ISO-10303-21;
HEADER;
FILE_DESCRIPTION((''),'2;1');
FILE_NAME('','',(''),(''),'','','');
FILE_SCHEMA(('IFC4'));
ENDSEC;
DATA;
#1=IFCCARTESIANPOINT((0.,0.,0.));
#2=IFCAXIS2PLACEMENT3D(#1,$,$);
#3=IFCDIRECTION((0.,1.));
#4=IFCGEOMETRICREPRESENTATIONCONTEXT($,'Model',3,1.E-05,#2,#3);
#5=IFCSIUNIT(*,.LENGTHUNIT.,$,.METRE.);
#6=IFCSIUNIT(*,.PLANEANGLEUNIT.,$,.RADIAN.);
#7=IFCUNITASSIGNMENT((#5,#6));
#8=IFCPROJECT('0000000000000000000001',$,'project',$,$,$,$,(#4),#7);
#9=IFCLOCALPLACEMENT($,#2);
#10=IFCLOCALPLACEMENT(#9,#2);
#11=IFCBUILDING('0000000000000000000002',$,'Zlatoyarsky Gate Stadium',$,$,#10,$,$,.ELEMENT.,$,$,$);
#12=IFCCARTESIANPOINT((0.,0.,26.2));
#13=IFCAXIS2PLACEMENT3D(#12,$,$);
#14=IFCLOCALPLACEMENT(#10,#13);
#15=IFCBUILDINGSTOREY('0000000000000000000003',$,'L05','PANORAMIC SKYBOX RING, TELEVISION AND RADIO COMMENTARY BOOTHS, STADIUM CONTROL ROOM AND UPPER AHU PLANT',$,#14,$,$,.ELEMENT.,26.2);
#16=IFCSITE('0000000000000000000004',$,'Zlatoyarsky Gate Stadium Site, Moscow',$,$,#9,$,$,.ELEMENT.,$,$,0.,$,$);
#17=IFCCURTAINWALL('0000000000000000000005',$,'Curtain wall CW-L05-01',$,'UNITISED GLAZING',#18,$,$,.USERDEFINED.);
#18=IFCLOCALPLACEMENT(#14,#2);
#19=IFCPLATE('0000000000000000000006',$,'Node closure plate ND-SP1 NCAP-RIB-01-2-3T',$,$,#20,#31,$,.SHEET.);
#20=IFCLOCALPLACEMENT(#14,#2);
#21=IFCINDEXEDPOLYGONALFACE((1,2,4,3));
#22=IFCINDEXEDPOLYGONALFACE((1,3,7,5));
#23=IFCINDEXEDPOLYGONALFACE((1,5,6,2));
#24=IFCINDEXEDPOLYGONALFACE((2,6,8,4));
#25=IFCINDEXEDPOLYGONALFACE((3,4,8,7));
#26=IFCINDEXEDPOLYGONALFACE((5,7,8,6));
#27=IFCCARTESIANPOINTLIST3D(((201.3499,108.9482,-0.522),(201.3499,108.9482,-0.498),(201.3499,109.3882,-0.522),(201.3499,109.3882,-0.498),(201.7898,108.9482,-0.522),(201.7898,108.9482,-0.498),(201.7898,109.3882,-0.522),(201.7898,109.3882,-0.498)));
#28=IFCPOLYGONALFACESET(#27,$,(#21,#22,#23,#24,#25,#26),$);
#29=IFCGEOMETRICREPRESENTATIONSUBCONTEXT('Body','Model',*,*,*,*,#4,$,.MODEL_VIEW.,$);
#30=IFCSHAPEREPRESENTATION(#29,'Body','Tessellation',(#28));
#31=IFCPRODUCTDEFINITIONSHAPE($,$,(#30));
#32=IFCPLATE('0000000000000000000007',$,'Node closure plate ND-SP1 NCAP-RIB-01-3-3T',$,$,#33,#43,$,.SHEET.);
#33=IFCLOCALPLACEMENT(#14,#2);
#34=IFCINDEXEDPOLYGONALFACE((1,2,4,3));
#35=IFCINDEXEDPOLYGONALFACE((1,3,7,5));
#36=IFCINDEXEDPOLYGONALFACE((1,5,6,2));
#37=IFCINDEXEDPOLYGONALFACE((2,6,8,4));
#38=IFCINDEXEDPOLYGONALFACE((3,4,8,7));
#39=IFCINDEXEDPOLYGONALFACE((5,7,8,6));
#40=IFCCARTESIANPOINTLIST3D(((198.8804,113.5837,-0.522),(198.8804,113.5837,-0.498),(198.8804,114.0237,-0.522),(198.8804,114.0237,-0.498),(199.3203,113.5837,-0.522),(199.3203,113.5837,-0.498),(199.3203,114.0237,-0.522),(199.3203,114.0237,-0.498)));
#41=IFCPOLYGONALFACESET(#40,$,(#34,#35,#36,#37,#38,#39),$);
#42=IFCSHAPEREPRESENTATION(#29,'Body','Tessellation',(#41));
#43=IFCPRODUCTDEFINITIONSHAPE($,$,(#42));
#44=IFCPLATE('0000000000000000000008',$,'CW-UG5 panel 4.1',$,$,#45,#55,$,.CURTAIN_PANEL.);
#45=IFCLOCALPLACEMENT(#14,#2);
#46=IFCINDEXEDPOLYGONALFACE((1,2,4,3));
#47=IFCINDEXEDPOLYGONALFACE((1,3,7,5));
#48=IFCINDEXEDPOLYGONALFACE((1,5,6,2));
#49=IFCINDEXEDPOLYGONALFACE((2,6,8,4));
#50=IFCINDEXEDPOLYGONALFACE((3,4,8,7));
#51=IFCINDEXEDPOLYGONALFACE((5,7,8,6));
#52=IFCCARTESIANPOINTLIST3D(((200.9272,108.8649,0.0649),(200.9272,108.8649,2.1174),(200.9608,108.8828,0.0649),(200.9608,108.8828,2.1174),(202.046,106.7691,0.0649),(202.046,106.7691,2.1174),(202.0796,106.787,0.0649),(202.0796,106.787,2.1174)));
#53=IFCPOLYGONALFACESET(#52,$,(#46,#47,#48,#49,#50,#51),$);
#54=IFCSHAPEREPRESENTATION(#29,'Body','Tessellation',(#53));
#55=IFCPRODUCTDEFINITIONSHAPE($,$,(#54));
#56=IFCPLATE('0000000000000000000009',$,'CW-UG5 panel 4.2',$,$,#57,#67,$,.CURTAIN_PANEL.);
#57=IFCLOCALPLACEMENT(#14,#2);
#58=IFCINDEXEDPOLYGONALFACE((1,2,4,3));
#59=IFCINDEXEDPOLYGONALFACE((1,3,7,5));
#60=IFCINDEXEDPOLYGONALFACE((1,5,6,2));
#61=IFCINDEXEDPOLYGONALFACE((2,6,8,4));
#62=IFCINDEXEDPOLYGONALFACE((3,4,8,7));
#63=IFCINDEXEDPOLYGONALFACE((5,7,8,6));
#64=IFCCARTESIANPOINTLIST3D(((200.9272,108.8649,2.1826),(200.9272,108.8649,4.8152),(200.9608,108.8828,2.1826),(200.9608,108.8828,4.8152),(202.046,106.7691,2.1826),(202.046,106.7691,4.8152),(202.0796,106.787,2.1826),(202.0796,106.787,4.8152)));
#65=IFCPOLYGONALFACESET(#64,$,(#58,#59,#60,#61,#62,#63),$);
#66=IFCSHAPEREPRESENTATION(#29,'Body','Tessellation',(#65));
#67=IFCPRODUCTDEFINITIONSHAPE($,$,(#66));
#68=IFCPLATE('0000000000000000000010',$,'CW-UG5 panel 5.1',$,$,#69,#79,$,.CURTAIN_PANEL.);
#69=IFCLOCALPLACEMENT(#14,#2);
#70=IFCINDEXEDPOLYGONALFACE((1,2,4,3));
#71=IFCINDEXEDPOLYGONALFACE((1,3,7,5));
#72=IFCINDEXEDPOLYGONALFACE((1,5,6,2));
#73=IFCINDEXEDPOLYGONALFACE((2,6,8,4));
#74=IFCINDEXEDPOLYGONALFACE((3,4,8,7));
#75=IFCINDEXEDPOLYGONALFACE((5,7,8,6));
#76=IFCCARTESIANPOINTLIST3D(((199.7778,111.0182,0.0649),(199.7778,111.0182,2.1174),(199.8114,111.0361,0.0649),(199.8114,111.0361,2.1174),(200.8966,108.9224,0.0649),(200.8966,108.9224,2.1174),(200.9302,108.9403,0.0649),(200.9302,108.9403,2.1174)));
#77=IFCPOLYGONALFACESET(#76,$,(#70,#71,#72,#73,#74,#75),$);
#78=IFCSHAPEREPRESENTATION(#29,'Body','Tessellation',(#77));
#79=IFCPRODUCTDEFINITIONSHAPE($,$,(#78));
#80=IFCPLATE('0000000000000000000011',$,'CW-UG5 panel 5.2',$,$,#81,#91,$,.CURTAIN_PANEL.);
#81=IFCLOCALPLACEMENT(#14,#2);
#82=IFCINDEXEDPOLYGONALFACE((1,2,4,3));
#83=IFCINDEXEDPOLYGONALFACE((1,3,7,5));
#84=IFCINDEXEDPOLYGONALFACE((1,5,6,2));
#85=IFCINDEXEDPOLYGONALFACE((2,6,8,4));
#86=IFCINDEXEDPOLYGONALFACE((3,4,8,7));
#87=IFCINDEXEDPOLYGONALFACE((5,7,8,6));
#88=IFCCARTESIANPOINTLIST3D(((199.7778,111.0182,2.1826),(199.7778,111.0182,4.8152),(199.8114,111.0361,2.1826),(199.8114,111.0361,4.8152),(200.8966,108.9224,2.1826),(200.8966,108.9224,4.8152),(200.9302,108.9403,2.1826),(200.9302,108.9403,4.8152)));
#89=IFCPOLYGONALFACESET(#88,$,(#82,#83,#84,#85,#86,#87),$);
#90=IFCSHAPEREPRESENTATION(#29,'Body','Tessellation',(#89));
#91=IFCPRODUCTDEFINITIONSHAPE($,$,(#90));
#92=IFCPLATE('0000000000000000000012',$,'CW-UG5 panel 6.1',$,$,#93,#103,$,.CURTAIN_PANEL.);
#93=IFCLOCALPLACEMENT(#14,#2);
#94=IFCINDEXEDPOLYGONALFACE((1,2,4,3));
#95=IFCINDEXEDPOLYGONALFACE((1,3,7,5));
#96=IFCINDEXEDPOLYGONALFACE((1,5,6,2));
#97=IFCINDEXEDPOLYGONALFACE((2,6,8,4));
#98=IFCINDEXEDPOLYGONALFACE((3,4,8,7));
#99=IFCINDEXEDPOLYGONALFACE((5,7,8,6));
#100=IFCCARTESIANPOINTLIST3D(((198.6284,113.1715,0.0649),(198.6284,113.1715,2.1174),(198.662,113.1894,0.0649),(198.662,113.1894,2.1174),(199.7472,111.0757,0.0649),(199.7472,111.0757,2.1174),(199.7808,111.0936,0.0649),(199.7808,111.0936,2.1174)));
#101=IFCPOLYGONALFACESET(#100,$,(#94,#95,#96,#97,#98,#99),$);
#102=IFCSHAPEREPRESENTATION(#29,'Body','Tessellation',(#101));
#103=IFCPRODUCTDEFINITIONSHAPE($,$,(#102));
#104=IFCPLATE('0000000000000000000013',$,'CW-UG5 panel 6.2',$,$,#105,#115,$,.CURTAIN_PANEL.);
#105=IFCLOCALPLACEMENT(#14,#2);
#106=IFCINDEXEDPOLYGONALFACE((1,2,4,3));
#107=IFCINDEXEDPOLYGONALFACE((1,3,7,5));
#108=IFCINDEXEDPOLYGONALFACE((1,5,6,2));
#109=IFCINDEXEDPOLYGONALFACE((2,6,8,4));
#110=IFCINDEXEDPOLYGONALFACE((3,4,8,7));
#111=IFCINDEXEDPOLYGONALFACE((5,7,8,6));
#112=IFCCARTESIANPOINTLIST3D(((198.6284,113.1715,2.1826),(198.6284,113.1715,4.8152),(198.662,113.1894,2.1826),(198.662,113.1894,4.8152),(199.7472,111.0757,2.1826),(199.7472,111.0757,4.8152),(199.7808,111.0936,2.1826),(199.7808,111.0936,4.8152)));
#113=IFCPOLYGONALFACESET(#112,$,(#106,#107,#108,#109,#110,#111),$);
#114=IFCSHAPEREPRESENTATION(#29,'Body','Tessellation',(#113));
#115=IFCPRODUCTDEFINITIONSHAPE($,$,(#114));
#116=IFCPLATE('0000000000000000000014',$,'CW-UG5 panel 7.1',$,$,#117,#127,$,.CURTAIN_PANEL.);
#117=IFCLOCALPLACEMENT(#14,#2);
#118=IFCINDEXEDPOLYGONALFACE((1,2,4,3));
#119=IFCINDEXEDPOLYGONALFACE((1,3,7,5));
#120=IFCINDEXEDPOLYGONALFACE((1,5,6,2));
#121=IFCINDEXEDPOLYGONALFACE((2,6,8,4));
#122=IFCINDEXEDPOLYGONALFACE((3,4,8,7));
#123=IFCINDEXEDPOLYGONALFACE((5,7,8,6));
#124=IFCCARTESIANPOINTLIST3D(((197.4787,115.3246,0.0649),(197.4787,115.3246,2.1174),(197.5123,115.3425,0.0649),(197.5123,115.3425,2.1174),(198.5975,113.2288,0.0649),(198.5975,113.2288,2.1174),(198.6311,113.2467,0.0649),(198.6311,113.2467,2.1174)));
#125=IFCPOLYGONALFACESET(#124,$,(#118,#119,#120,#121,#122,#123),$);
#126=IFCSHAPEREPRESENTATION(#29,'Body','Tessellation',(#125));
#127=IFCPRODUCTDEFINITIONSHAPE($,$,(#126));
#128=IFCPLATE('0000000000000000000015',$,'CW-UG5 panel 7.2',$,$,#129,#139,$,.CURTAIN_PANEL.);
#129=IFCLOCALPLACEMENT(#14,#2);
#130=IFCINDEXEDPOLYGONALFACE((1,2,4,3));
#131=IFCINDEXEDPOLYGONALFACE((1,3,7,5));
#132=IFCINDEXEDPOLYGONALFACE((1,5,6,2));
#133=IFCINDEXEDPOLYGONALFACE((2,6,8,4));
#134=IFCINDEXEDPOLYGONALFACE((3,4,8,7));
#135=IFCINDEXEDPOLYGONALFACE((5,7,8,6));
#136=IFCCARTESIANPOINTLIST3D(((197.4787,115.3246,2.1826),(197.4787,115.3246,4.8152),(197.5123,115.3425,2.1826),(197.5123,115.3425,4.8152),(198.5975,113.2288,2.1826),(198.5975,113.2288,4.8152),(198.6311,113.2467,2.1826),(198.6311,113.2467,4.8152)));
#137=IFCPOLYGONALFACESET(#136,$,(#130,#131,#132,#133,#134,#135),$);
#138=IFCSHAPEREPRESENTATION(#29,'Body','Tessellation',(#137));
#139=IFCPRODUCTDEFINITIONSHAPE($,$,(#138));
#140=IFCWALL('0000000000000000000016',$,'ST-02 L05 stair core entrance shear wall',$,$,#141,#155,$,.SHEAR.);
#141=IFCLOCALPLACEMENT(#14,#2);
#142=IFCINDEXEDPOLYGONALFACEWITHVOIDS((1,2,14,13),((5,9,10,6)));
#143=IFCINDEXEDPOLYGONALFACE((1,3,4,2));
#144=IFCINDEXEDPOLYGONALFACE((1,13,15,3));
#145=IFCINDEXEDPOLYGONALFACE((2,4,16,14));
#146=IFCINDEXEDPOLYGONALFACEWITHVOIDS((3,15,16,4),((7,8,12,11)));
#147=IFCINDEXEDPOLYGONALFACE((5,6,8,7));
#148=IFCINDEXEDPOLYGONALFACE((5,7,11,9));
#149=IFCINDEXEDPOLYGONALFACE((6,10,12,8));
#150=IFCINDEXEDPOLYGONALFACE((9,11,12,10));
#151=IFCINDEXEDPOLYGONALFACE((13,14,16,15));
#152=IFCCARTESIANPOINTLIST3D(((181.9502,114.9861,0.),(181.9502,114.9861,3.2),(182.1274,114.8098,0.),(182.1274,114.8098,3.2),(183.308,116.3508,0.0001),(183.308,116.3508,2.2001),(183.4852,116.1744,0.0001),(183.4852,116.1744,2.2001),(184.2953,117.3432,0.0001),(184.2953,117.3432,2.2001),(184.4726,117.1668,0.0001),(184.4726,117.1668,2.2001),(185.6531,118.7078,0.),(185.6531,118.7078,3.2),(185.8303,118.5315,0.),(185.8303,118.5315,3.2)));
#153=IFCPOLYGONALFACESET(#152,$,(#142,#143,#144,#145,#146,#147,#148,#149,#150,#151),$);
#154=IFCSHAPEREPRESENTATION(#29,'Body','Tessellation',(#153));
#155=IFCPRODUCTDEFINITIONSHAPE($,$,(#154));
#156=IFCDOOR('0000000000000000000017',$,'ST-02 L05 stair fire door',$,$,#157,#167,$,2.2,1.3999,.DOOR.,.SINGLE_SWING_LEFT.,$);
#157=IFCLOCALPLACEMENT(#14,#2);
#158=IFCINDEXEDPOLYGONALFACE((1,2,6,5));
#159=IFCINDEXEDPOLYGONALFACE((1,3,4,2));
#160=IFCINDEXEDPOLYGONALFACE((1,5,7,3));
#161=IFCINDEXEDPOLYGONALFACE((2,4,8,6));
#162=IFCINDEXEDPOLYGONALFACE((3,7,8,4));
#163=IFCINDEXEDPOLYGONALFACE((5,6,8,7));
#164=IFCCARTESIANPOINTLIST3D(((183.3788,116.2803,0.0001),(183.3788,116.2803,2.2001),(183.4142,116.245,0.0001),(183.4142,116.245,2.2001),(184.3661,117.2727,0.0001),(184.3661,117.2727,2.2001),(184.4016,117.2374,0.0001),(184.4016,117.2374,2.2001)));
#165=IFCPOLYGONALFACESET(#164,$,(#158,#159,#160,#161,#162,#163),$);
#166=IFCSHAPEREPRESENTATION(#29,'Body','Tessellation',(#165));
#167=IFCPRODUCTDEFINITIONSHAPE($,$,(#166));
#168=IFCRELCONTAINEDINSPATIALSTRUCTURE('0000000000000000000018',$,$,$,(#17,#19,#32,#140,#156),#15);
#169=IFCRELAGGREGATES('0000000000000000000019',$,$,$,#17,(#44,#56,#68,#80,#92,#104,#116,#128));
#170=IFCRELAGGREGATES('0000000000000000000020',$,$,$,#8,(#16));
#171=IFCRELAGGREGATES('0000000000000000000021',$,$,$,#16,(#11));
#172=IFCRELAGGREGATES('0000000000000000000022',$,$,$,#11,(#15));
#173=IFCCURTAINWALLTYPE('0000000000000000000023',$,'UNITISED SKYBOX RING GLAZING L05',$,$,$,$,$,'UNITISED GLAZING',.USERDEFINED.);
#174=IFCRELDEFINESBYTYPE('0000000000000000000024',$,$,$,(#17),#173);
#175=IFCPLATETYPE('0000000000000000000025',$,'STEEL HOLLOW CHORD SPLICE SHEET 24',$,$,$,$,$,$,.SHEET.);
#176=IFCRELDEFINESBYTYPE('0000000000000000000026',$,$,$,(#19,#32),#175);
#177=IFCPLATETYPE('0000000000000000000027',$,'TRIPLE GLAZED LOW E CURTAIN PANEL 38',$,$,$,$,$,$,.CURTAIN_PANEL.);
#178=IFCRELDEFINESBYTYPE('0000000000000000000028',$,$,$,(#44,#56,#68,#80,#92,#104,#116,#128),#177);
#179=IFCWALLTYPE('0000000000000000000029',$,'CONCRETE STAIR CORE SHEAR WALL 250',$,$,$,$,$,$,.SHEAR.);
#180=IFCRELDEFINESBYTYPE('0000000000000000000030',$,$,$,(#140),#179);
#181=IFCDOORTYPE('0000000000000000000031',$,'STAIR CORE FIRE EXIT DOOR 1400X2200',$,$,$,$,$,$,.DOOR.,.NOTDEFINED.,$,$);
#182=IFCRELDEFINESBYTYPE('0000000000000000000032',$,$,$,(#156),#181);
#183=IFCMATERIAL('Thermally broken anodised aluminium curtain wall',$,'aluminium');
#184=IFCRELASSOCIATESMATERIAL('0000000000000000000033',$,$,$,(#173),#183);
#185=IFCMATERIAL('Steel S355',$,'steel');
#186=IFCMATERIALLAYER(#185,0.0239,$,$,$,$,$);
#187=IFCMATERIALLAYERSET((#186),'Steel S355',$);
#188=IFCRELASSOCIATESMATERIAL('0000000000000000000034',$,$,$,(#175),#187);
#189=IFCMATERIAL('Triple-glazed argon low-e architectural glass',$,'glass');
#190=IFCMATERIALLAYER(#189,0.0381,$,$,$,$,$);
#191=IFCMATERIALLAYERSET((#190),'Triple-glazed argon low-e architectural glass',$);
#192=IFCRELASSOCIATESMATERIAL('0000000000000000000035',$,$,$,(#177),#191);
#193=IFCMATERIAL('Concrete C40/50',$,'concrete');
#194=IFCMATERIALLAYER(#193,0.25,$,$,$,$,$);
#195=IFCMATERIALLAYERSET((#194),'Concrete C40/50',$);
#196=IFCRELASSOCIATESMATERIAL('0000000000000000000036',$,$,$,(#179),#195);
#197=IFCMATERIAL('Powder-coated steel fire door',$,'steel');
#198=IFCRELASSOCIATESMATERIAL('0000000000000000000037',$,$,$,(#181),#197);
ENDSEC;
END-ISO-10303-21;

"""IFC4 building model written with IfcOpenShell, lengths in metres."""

from ifc_helpers import new_model, si_unit, direction, frame, frame_2d, origin, origin_2d, place, context, subcontext, project, spatial, rectangle, extrude, material, layer, layer_set, type_object, element, fill, aggregate, save


model = new_model("IFC4")

# Units and contexts
model_context = context("Model", 3, precision=1e-05, world=origin(), true_north=direction((0.0, 1.0)))
body_context = subcontext(model_context, "Body", "Model", "MODEL_VIEW")
ifc_project = project(units=[si_unit("LENGTHUNIT", "METRE"), si_unit("PLANEANGLEUNIT", "RADIAN")], contexts=[model_context])

# Site, building, storey
site_placement = place(None, origin())
site = spatial("IfcSite", under=ifc_project, at=site_placement, Name="Zlatoyarsky Gate Stadium Site, Moscow", CompositionType="ELEMENT", RefElevation=0.0)
building_placement = place(site_placement, origin())
building = spatial("IfcBuilding", under=site, at=building_placement, Name="Zlatoyarsky Gate Stadium", CompositionType="ELEMENT")
storey_placement = place(building_placement, frame((0.0, 0.0, 26.2)))
storey = spatial("IfcBuildingStorey", under=building, at=storey_placement, Name="L05", Description="PANORAMIC SKYBOX RING, TELEVISION AND RADIO COMMENTARY BOOTHS, STADIUM CONTROL ROOM AND UPPER AHU PLANT", CompositionType="ELEMENT", Elevation=26.2)

# Shared definitions
ifc_material_1 = material(Name="Steel S355", Category="steel")

# Curtain wall
ifc_material_2 = material(Name="Thermally broken anodised aluminium curtain wall", Category="aluminium")
curtain_wall_type = type_object("IfcCurtainWallType", Name="UNITISED SKYBOX RING GLAZING L05", ElementType="UNITISED GLAZING", PredefinedType="USERDEFINED", material=ifc_material_2)
curtain_wall_placement = place(storey_placement, origin())
curtain_wall = element("IfcCurtainWall", 1, at=curtain_wall_placement, inside=storey, type_object=curtain_wall_type, Name="Curtain wall CW-L05-01", ObjectType="UNITISED GLAZING", PredefinedType="USERDEFINED")

# Plates
ifc_layer_1 = layer(ifc_material_1, 0.0239)
ifc_layer_set_1 = layer_set([ifc_layer_1], Name="Steel S355")
plate_type_1 = type_object("IfcPlateType", Name="STEEL HOLLOW CHORD SPLICE SHEET 24", PredefinedType="SHEET", material=ifc_layer_set_1)
for number, where, z_axis, x_axis, name in (
    (2, (201.5698, 109.1682, -0.522), (0.0, 0.0, 1.0), (1.0, 0.0, 0.0), "Node closure plate ND-SP1 NCAP-RIB-01-2-3T"),
    (3, (199.1003, 113.8037, -0.522), (0.0, 0.0, 1.0), (1.0, 0.0, 0.0), "Node closure plate ND-SP1 NCAP-RIB-01-3-3T"),
):
    element("IfcPlate", number, at=place(storey_placement, frame(where, z_axis=z_axis, x_axis=x_axis)), inside=storey, type_object=plate_type_1, Name=name, PredefinedType="SHEET", context=body_context, shape_type="SweptSolid", body=[
        extrude(rectangle(XDim=0.4399, YDim=0.4399, at=origin_2d()), origin(), (0.0, 0.0, 1.0), 0.0239),
    ])

# Plates
ifc_material_3 = material(Name="Triple-glazed argon low-e architectural glass", Category="glass")
ifc_layer_2 = layer(ifc_material_3, 0.0381)
ifc_layer_set_2 = layer_set([ifc_layer_2], Name="Triple-glazed argon low-e architectural glass")
plate_type_2 = type_object("IfcPlateType", Name="TRIPLE GLAZED LOW E CURTAIN PANEL 38", PredefinedType="CURTAIN_PANEL", material=ifc_layer_set_2)
plate_1_placement = place(storey_placement, frame((201.5034, 107.8259, 0.0649), z_axis=(0.0, 0.0, 1.0), x_axis=(-0.470937, 0.882167, 0.0)))
plate_1 = element("IfcPlate", 4, at=plate_1_placement, type_object=plate_type_2, Name="CW-UG5 panel 4.1", PredefinedType="CURTAIN_PANEL", context=body_context, shape_type="SweptSolid", body=[
    extrude(rectangle(XDim=2.3757, YDim=0.0381, at=origin_2d()), origin(), (0.0, 0.0, 1.0), 2.0525),
])
plate_2_placement = place(storey_placement, frame((201.5034, 107.8259, 2.1826), z_axis=(0.0, 0.0, 1.0), x_axis=(-0.470937, 0.882167, 0.0)))
plate_2 = element("IfcPlate", 5, at=plate_2_placement, type_object=plate_type_2, Name="CW-UG5 panel 4.2", PredefinedType="CURTAIN_PANEL", context=body_context, shape_type="SweptSolid", body=[
    extrude(rectangle(XDim=2.3757, YDim=0.0381, at=origin_2d()), origin(), (0.0, 0.0, 1.0), 2.6326),
])
plate_3_placement = place(storey_placement, frame((200.354, 109.9792, 0.0649), z_axis=(0.0, 0.0, 1.0), x_axis=(-0.470937, 0.882167, 0.0)))
plate_3 = element("IfcPlate", 6, at=plate_3_placement, type_object=plate_type_2, Name="CW-UG5 panel 5.1", PredefinedType="CURTAIN_PANEL", context=body_context, shape_type="SweptSolid", body=[
    extrude(rectangle(XDim=2.3757, YDim=0.0381, at=origin_2d()), origin(), (0.0, 0.0, 1.0), 2.0525),
])
plate_4_placement = place(storey_placement, frame((200.354, 109.9792, 2.1826), z_axis=(0.0, 0.0, 1.0), x_axis=(-0.470937, 0.882167, 0.0)))
plate_4 = element("IfcPlate", 7, at=plate_4_placement, type_object=plate_type_2, Name="CW-UG5 panel 5.2", PredefinedType="CURTAIN_PANEL", context=body_context, shape_type="SweptSolid", body=[
    extrude(rectangle(XDim=2.3757, YDim=0.0381, at=origin_2d()), origin(), (0.0, 0.0, 1.0), 2.6326),
])
plate_5_placement = place(storey_placement, frame((199.2046, 112.1326, 0.0649), z_axis=(0.0, 0.0, 1.0), x_axis=(-0.470937, 0.882167, 0.0)))
plate_5 = element("IfcPlate", 8, at=plate_5_placement, type_object=plate_type_2, Name="CW-UG5 panel 6.1", PredefinedType="CURTAIN_PANEL", context=body_context, shape_type="SweptSolid", body=[
    extrude(rectangle(XDim=2.3757, YDim=0.0381, at=origin_2d()), origin(), (0.0, 0.0, 1.0), 2.0525),
])
plate_6_placement = place(storey_placement, frame((199.2046, 112.1326, 2.1826), z_axis=(0.0, 0.0, 1.0), x_axis=(-0.470937, 0.882167, 0.0)))
plate_6 = element("IfcPlate", 9, at=plate_6_placement, type_object=plate_type_2, Name="CW-UG5 panel 6.2", PredefinedType="CURTAIN_PANEL", context=body_context, shape_type="SweptSolid", body=[
    extrude(rectangle(XDim=2.3757, YDim=0.0381, at=origin_2d()), origin(), (0.0, 0.0, 1.0), 2.6326),
])
plate_7_placement = place(storey_placement, frame((198.0549, 114.2856, 0.0649), z_axis=(0.0, 0.0, 1.0), x_axis=(-0.470937, 0.882167, 0.0)))
plate_7 = element("IfcPlate", 10, at=plate_7_placement, type_object=plate_type_2, Name="CW-UG5 panel 7.1", PredefinedType="CURTAIN_PANEL", context=body_context, shape_type="SweptSolid", body=[
    extrude(rectangle(XDim=2.3757, YDim=0.0381, at=origin_2d()), origin(), (0.0, 0.0, 1.0), 2.0525),
])
plate_8_placement = place(storey_placement, frame((198.0549, 114.2856, 2.1826), z_axis=(0.0, 0.0, 1.0), x_axis=(-0.470937, 0.882167, 0.0)))
plate_8 = element("IfcPlate", 11, at=plate_8_placement, type_object=plate_type_2, Name="CW-UG5 panel 7.2", PredefinedType="CURTAIN_PANEL", context=body_context, shape_type="SweptSolid", body=[
    extrude(rectangle(XDim=2.3757, YDim=0.0381, at=origin_2d()), origin(), (0.0, 0.0, 1.0), 2.6326),
])
aggregate(curtain_wall, [plate_1, plate_2, plate_3, plate_4, plate_5, plate_6, plate_7, plate_8])

# Wall, opening, door
ifc_material_4 = material(Name="Concrete C40/50", Category="concrete")
ifc_layer_3 = layer(ifc_material_4, 0.25)
ifc_layer_set_3 = layer_set([ifc_layer_3], Name="Concrete C40/50")
wall_type_1 = type_object("IfcWallType", Name="CONCRETE STAIR CORE SHEAR WALL 250", PredefinedType="SHEAR", material=ifc_layer_set_3)
wall_1_placement = place(storey_placement, frame((182.0388, 114.8979, 0.0), z_axis=(0.0, 0.0, 1.0), x_axis=(0.705314, 0.708895, 0.0)))
wall_1 = element("IfcWall", 12, at=wall_1_placement, inside=storey, type_object=wall_type_1, Name="ST-02 L05 stair core entrance shear wall", PredefinedType="SHEAR", context=body_context, shape_type="SweptSolid", body=[
    extrude(rectangle(XDim=5.25, YDim=0.25, at=frame_2d((2.625, 0.0))), origin(), (0.0, 0.0, 1.0), 3.2),
])
opening_1_placement = place(wall_1_placement, frame((1.925, 0.0, 0.0)))
opening_1 = element("IfcOpeningElement", 13, at=opening_1_placement, cuts=wall_1, PredefinedType="OPENING", context=body_context, shape_type="SweptSolid", body=[
    extrude(rectangle(XDim=1.3999, YDim=2.2, at=frame_2d((0.7, 1.1001))), frame((0.0, 0.135, 0.0), z_axis=(0.0, -1.0, 0.0), x_axis=(1.0, 0.0, 0.0)), (0.0, 0.0, 1.0), 0.27),
])
ifc_material_5 = material(Name="Powder-coated steel fire door", Category="steel")
door_type_1 = type_object("IfcDoorType", Name="STAIR CORE FIRE EXIT DOOR 1400X2200", OperationType="NOTDEFINED", PredefinedType="DOOR", material=ifc_material_5)
door_1_placement = place(opening_1_placement, frame((1.3999, 0.0, 0.0), z_axis=(0.0, 0.0, 1.0), x_axis=(-1.0, 0.0, 0.0)))
door_1 = element("IfcDoor", 14, at=door_1_placement, inside=storey, type_object=door_type_1, Name="ST-02 L05 stair fire door", OperationType="SINGLE_SWING_LEFT", OverallHeight=2.2, OverallWidth=1.3999, PredefinedType="DOOR", context=body_context, shape_type="SweptSolid", body=[
    extrude(rectangle(XDim=1.3999, YDim=2.2, at=frame_2d((0.7, 1.1001))), frame((0.0, 0.0249, 0.0), z_axis=(0.0, -1.0, 0.0), x_axis=(1.0, 0.0, 0.0)), (0.0, 0.0, 1.0), 0.05),
])
fill(opening_1, door_1)

save(model, "model.ifc")
